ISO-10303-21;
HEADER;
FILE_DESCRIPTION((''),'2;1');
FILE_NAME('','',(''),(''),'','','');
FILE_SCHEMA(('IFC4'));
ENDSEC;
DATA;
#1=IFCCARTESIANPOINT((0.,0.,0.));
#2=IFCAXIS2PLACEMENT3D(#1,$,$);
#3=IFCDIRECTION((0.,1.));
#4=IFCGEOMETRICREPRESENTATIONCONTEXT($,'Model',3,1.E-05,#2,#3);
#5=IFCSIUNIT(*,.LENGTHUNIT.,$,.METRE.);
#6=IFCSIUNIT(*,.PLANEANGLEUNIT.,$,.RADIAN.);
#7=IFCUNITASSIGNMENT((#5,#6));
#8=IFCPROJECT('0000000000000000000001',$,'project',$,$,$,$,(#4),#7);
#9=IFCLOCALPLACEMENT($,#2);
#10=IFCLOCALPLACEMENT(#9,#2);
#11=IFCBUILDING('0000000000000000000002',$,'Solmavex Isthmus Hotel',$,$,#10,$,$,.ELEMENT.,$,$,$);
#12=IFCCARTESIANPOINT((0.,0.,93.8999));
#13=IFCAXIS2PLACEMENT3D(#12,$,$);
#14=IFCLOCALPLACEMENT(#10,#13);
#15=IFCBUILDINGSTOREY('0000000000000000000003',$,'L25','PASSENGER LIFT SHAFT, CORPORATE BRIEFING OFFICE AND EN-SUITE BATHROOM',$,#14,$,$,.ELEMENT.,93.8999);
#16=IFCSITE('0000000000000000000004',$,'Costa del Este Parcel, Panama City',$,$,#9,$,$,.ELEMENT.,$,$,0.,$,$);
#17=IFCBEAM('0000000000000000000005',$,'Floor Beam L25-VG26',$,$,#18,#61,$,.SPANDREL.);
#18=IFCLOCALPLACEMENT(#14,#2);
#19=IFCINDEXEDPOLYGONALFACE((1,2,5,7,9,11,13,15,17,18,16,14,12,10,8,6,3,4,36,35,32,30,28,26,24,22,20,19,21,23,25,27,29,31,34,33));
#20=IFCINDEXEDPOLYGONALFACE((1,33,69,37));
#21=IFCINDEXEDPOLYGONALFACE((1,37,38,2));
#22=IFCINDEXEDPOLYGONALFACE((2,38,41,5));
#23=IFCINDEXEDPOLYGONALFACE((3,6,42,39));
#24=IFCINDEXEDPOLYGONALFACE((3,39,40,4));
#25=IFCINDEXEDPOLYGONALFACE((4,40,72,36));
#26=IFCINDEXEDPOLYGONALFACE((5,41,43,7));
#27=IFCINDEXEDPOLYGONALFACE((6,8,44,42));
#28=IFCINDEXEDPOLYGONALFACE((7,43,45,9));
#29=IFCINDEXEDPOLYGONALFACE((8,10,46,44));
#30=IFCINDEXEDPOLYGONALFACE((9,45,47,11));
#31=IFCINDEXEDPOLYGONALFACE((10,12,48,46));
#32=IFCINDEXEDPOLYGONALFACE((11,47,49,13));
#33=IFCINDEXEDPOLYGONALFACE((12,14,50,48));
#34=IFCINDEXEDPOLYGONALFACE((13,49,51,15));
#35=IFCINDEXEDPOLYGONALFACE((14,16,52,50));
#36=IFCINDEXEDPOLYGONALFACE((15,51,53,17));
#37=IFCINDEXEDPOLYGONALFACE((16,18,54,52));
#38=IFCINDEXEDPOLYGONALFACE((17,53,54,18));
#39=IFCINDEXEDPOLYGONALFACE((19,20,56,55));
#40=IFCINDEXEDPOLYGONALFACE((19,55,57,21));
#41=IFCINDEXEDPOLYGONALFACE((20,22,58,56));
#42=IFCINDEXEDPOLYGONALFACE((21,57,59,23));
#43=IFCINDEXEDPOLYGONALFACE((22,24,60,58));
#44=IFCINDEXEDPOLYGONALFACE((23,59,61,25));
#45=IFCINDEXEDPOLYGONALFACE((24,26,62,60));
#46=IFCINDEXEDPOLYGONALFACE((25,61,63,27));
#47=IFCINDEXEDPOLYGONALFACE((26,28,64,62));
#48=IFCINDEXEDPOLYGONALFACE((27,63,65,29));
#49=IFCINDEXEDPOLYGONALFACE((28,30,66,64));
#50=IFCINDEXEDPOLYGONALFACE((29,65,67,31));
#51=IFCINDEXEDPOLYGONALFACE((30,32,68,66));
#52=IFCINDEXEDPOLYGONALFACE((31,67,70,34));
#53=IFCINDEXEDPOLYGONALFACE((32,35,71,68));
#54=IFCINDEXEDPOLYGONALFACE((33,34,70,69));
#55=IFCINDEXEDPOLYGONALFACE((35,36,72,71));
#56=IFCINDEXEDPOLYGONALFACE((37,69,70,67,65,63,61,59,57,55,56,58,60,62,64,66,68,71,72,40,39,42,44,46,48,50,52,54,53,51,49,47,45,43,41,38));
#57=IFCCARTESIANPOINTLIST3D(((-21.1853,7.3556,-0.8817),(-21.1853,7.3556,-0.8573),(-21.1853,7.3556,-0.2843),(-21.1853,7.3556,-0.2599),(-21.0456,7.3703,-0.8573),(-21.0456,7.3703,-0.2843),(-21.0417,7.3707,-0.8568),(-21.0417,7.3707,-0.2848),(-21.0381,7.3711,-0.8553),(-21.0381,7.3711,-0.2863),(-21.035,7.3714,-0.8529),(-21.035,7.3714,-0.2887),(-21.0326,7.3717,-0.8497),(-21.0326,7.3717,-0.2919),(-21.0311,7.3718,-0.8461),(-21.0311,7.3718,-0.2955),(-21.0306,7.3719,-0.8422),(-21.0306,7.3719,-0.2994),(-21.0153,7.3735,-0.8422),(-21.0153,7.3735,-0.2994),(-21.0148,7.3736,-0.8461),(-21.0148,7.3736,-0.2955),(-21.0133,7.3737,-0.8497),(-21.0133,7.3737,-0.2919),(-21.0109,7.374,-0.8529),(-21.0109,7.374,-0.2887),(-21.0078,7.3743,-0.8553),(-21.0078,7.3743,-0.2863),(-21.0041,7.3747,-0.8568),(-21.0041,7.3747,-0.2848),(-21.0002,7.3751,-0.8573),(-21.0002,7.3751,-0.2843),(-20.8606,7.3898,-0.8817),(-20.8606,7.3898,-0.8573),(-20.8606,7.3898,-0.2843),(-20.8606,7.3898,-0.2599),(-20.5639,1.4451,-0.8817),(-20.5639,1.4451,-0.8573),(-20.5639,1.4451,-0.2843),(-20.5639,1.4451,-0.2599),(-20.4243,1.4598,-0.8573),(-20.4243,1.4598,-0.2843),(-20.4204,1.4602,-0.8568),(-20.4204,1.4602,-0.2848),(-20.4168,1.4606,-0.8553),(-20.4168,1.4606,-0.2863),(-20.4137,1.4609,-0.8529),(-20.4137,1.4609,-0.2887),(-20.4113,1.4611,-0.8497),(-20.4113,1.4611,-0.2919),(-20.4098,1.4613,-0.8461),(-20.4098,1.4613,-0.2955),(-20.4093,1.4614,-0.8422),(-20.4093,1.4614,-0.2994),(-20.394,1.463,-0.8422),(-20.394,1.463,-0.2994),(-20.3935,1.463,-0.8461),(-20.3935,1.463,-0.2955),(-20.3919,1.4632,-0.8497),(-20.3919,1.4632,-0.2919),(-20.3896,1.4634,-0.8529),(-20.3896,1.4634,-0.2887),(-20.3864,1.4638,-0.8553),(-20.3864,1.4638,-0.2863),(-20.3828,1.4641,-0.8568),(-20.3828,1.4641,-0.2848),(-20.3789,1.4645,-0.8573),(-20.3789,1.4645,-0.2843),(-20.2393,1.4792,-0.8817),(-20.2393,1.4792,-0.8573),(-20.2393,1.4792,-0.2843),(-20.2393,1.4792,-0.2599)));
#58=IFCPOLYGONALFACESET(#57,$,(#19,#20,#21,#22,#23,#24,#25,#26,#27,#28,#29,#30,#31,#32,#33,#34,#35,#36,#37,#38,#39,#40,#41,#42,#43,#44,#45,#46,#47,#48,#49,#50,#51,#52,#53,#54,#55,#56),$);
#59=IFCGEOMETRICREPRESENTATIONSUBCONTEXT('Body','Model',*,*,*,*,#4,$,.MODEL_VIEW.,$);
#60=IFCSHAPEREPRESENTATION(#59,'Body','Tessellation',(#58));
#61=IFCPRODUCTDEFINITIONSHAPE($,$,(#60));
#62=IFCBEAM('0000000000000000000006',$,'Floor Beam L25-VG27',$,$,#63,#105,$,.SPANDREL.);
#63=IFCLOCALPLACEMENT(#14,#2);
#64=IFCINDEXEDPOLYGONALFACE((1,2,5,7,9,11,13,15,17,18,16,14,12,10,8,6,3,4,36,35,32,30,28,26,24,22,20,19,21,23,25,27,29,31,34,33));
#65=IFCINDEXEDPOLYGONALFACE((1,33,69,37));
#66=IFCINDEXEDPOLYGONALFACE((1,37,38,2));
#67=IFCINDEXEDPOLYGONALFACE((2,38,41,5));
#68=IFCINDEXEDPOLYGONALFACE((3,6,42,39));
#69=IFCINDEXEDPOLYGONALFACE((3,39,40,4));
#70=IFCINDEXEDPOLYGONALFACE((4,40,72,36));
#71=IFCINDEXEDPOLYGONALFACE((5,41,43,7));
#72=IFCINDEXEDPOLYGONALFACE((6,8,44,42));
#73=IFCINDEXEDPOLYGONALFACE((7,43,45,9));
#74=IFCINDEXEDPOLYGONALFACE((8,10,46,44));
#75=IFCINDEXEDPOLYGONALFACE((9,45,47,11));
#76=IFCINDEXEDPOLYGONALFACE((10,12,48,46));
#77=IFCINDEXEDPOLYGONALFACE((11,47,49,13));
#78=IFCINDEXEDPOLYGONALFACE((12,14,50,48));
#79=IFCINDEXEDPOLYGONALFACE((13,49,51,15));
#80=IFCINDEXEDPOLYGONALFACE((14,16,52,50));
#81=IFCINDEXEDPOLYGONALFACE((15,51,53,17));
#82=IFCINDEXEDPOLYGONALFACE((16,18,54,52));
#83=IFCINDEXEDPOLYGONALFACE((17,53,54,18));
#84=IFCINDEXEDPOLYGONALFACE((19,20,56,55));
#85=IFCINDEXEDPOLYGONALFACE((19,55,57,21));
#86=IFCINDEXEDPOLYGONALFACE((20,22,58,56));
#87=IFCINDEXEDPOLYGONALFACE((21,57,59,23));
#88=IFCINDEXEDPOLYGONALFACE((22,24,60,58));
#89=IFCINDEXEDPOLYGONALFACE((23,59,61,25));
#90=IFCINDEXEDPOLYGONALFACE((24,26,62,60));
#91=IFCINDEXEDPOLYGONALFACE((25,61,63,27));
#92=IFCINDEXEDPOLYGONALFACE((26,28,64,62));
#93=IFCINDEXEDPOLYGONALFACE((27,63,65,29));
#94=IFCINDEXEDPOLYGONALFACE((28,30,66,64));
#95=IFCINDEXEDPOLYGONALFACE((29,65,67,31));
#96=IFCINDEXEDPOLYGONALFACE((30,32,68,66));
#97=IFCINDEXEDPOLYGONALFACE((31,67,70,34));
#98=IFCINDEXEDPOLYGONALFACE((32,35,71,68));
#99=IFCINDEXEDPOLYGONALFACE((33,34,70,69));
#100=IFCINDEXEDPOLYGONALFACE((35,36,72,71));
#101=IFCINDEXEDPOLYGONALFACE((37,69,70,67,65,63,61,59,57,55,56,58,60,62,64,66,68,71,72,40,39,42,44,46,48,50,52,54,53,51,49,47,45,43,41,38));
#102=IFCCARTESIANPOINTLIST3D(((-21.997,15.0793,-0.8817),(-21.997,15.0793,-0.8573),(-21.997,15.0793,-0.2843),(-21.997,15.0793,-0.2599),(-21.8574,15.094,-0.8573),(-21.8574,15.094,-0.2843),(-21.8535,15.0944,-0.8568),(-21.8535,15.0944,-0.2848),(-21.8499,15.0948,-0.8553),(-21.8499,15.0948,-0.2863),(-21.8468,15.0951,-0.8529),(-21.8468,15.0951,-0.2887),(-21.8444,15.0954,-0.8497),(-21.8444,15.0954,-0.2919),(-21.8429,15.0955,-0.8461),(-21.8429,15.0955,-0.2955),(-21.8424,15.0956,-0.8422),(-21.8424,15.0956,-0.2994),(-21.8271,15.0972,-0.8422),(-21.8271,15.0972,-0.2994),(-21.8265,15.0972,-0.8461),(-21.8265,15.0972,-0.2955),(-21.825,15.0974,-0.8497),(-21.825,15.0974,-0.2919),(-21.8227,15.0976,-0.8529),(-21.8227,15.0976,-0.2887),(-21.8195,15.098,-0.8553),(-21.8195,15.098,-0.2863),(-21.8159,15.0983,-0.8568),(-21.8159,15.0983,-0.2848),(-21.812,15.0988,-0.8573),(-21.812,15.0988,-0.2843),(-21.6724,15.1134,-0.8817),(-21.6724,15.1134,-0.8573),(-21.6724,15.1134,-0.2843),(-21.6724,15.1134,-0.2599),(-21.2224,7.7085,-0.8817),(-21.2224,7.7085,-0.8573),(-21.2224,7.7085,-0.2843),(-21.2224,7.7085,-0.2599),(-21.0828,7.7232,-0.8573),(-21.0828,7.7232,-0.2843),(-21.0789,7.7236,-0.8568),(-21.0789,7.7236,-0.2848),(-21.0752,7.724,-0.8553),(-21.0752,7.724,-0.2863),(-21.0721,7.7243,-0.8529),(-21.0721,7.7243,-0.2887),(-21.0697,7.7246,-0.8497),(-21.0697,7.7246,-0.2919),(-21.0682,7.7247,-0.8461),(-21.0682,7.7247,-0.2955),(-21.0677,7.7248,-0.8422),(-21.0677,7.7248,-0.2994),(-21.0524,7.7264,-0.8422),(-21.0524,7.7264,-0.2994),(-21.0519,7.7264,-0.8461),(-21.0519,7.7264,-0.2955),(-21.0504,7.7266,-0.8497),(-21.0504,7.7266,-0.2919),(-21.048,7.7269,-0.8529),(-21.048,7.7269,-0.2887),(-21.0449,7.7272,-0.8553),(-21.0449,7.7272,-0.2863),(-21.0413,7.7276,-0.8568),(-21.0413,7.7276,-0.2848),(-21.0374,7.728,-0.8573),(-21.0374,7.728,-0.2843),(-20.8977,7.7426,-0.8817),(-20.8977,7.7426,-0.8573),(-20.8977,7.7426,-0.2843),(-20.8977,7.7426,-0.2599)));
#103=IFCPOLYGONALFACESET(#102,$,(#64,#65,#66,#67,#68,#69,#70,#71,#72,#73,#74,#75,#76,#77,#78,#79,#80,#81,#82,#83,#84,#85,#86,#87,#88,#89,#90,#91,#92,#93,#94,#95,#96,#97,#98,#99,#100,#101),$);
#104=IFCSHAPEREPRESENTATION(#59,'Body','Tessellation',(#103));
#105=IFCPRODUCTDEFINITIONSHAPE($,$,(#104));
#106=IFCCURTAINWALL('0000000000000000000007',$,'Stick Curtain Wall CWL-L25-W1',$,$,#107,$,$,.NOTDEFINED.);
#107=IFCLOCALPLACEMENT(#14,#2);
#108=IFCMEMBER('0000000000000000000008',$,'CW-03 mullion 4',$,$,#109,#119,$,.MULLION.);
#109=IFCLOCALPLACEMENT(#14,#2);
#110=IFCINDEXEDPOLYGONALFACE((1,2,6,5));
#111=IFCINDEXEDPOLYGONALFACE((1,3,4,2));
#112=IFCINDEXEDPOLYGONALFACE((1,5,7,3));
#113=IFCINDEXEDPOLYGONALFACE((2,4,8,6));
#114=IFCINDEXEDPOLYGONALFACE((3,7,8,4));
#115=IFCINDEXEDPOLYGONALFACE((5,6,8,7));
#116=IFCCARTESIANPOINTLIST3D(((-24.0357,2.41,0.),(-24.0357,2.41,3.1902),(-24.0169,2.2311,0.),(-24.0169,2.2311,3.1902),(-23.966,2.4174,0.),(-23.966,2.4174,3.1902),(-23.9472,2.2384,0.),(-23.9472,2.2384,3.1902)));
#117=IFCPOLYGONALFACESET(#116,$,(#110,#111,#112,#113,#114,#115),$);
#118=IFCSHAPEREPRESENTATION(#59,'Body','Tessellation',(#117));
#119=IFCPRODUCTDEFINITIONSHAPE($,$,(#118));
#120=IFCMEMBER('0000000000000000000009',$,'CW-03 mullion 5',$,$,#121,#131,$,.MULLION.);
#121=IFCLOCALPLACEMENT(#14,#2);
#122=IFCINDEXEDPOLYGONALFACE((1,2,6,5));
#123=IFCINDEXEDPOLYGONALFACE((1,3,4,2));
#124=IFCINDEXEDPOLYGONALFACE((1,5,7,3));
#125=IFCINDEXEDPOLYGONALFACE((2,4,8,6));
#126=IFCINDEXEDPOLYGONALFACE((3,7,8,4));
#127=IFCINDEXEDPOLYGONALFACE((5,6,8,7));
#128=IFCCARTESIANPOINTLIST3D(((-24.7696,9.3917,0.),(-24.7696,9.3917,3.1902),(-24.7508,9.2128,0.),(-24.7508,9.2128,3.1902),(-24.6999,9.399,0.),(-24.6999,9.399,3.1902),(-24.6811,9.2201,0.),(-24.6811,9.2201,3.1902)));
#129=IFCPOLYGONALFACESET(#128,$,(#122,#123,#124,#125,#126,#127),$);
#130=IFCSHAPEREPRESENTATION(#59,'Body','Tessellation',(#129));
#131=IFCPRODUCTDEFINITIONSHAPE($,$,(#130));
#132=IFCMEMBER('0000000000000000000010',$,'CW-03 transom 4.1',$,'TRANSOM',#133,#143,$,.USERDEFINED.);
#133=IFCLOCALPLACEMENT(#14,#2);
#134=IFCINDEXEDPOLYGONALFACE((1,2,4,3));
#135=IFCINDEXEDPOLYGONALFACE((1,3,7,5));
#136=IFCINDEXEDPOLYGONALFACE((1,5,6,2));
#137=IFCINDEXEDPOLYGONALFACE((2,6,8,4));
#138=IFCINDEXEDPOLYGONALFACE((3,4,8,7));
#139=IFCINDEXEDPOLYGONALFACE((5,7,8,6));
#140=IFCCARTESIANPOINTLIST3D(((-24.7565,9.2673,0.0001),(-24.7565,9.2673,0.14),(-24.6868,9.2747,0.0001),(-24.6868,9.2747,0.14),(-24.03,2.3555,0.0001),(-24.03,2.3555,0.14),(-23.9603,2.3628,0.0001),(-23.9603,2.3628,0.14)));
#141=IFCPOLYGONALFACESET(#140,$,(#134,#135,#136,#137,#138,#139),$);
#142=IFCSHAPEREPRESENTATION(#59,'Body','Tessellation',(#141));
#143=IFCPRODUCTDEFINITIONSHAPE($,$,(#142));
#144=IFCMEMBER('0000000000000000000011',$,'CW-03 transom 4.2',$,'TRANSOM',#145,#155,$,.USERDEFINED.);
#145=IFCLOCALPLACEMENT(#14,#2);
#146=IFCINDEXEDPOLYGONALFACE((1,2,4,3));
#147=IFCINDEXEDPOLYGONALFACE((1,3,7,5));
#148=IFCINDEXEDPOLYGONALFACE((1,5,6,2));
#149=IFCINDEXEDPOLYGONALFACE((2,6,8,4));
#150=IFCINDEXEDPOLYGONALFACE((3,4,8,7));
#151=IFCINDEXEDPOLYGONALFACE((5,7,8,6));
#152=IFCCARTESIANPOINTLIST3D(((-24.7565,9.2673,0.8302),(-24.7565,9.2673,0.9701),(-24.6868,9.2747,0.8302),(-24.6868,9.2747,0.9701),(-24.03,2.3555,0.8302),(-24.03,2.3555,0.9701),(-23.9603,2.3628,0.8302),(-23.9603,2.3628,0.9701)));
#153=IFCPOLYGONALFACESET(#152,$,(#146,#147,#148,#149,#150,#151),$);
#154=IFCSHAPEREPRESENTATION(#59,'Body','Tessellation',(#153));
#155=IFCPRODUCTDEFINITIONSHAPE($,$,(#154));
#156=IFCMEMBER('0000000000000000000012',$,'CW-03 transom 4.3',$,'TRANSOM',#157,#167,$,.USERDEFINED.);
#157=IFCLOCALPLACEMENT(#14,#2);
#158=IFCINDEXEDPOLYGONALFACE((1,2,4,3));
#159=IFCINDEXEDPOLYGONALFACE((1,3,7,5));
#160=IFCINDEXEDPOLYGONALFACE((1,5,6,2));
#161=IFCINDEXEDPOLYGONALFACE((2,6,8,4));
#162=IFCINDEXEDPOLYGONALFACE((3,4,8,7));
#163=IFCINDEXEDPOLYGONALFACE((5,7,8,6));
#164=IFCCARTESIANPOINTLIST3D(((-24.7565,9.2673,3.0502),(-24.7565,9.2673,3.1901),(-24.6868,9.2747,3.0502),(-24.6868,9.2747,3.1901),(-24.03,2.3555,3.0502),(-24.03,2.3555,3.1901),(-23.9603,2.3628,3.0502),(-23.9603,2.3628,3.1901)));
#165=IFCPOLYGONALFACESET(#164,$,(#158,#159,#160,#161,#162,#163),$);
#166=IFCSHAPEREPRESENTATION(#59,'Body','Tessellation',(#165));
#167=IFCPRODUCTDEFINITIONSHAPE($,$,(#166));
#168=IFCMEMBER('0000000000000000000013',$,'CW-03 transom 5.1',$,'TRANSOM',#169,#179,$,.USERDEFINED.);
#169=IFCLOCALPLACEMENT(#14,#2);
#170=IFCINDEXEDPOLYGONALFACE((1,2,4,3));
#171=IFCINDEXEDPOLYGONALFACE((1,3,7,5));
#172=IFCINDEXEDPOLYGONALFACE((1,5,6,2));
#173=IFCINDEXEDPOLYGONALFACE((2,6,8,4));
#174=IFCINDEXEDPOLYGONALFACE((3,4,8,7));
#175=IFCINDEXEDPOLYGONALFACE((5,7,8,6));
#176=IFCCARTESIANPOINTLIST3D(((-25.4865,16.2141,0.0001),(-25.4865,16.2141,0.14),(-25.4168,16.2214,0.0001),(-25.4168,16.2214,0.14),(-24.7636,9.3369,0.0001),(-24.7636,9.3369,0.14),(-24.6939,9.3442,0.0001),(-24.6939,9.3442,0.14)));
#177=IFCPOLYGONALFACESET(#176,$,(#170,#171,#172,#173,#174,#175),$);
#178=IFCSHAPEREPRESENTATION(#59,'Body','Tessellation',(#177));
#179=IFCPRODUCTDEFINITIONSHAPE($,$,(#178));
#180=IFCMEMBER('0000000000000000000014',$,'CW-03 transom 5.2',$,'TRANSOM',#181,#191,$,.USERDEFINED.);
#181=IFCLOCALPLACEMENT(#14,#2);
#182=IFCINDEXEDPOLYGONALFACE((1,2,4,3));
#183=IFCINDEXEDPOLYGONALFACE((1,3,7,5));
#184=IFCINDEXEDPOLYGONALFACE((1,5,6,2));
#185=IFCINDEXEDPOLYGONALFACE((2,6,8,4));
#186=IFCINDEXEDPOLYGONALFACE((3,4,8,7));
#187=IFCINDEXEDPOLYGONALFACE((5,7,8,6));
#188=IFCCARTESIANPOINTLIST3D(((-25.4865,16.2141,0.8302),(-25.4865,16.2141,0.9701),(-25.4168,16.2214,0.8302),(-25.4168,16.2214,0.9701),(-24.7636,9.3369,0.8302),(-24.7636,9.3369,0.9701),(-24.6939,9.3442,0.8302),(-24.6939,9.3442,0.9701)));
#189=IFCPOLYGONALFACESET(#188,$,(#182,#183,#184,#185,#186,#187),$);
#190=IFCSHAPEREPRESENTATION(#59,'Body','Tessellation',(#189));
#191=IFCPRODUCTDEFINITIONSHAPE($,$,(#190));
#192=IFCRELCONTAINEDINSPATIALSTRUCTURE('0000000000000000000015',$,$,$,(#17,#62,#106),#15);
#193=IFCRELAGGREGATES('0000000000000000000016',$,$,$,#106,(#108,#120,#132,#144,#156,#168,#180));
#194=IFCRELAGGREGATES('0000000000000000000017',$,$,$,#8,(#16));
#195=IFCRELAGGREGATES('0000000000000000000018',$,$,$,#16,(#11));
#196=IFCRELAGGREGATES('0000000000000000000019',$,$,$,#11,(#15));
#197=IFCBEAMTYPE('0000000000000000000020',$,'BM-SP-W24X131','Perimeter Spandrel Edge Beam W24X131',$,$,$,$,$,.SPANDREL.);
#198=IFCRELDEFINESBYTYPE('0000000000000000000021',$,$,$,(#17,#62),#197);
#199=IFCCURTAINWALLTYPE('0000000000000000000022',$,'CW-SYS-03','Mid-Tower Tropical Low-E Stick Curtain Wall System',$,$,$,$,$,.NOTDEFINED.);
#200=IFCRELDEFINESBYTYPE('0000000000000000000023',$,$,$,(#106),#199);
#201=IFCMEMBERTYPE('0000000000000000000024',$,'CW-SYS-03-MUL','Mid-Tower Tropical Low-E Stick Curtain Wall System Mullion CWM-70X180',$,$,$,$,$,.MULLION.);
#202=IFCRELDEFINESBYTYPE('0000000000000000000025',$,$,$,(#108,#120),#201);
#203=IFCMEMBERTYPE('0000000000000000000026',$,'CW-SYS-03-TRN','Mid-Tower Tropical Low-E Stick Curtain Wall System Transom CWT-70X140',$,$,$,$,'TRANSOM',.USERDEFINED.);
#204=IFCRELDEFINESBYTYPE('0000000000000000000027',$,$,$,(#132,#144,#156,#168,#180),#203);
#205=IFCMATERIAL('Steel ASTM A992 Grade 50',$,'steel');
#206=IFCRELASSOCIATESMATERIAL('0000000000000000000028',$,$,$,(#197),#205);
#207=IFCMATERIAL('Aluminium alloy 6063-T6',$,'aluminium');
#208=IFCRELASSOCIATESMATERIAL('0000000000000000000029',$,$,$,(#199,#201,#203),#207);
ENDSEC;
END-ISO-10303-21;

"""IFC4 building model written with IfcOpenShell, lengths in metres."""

from ifc_helpers import new_model, si_unit, direction, frame, origin, origin_2d, place, context, subcontext, project, spatial, rectangle, i_section, extrude, material, material_profile, profile_set, type_object, element, aggregate, save


model = new_model("IFC4")

# Units and contexts
model_context = context("Model", 3, precision=1e-05, world=origin(), true_north=direction((0.0, 1.0)))
body_context = subcontext(model_context, "Body", "Model", "MODEL_VIEW")
ifc_project = project(units=[si_unit("LENGTHUNIT", "METRE"), si_unit("PLANEANGLEUNIT", "RADIAN")], contexts=[model_context])

# Site, building, storey
site_placement = place(None, origin())
site = spatial("IfcSite", under=ifc_project, at=site_placement, Name="Costa del Este Parcel, Panama City", CompositionType="ELEMENT", RefElevation=0.0)
building_placement = place(site_placement, origin())
building = spatial("IfcBuilding", under=site, at=building_placement, Name="Solmavex Isthmus Hotel", CompositionType="ELEMENT")
storey_placement = place(building_placement, frame((0.0, 0.0, 93.8999)))
storey = spatial("IfcBuildingStorey", under=building, at=storey_placement, Name="L25", Description="PASSENGER LIFT SHAFT, CORPORATE BRIEFING OFFICE AND EN-SUITE BATHROOM", CompositionType="ELEMENT", Elevation=93.8999)

# Beams
ifc_material_1 = material(Name="Steel ASTM A992 Grade 50", Category="steel")
ifc_material_profile_1 = material_profile(ifc_material_1, i_section(OverallWidth=0.3264, OverallDepth=0.6218, WebThickness=0.0154, FlangeThickness=0.0244, FilletRadius=0.0151, at=origin_2d()), Name="W24X131")
ifc_profile_set_1 = profile_set([ifc_material_profile_1], Name="Steel ASTM A992 Grade 50")
beam_type_1 = type_object("IfcBeamType", Name="BM-SP-W24X131", Description="Perimeter Spandrel Edge Beam W24X131", PredefinedType="SPANDREL", material=ifc_profile_set_1)
beam_1_placement = place(storey_placement, frame((-20.4016, 1.4622, -0.5708), z_axis=(-0.104546, 0.99452, 0.0), x_axis=(-0.99452, -0.104546, 0.0)))
element("IfcBeam", 1, at=beam_1_placement, inside=storey, type_object=beam_type_1, Name="Floor Beam L25-VG26", PredefinedType="SPANDREL", context=body_context, shape_type="SweptSolid", body=[
    extrude(i_section(OverallWidth=0.3264, OverallDepth=0.6218, WebThickness=0.0154, FlangeThickness=0.0244, FilletRadius=0.0151, at=origin_2d()), origin(), (0.0, 0.0, 1.0), 5.9431),
])
beam_2_placement = place(storey_placement, frame((-21.0601, 7.7256, -0.5708), z_axis=(-0.104522, 0.994523, 0.0), x_axis=(-0.994523, -0.104522, 0.0)))
element("IfcBeam", 2, at=beam_2_placement, inside=storey, type_object=beam_type_1, Name="Floor Beam L25-VG27", PredefinedType="SPANDREL", context=body_context, shape_type="SweptSolid", body=[
    extrude(i_section(OverallWidth=0.3264, OverallDepth=0.6218, WebThickness=0.0154, FlangeThickness=0.0244, FilletRadius=0.0151, at=origin_2d()), origin(), (0.0, 0.0, 1.0), 7.4114),
])

# Curtain wall, members
ifc_material_2 = material(Name="Aluminium alloy 6063-T6", Category="aluminium")
curtain_wall_type = type_object("IfcCurtainWallType", Name="CW-SYS-03", Description="Mid-Tower Tropical Low-E Stick Curtain Wall System", PredefinedType="NOTDEFINED", material=ifc_material_2)
curtain_wall_placement = place(storey_placement, origin())
curtain_wall = element("IfcCurtainWall", 3, at=curtain_wall_placement, inside=storey, type_object=curtain_wall_type, Name="Stick Curtain Wall CWL-L25-W1", PredefinedType="NOTDEFINED")
ifc_material_profile_2 = material_profile(ifc_material_2, rectangle(XDim=0.0701, YDim=0.1799, at=origin_2d()), Name="CWM-70X180")
ifc_profile_set_2 = profile_set([ifc_material_profile_2], Name="Aluminium alloy 6063-T6")
member_type_1 = type_object("IfcMemberType", Name="CW-SYS-03-MUL", Description="Mid-Tower Tropical Low-E Stick Curtain Wall System Mullion CWM-70X180", PredefinedType="MULLION", material=ifc_profile_set_2)
member_1_placement = place(storey_placement, frame((-23.9915, 2.3242, 0.0), z_axis=(0.0, 0.0, 1.0), x_axis=(-0.994522, -0.104528, 0.0)))
member_1 = element("IfcMember", 4, at=member_1_placement, type_object=member_type_1, Name="CW-03 mullion 4", PredefinedType="MULLION", context=body_context, shape_type="SweptSolid", body=[
    extrude(rectangle(XDim=0.0701, YDim=0.1799, at=origin_2d()), origin(), (0.0, 0.0, 1.0), 3.1902),
])
member_2_placement = place(storey_placement, frame((-24.7253, 9.3059, 0.0), z_axis=(0.0, 0.0, 1.0), x_axis=(-0.994522, -0.104528, 0.0)))
member_2 = element("IfcMember", 5, at=member_2_placement, type_object=member_type_1, Name="CW-03 mullion 5", PredefinedType="MULLION", context=body_context, shape_type="SweptSolid", body=[
    extrude(rectangle(XDim=0.0701, YDim=0.1799, at=origin_2d()), origin(), (0.0, 0.0, 1.0), 3.1902),
])
ifc_material_profile_3 = material_profile(ifc_material_2, rectangle(XDim=0.0701, YDim=0.1399, at=origin_2d()), Name="CWT-70X140")
ifc_profile_set_3 = profile_set([ifc_material_profile_3], Name="Aluminium alloy 6063-T6")
member_type_2 = type_object("IfcMemberType", Name="CW-SYS-03-TRN", Description="Mid-Tower Tropical Low-E Stick Curtain Wall System Transom CWT-70X140", ElementType="TRANSOM", PredefinedType="USERDEFINED", material=ifc_profile_set_3)
member_3_placement = place(storey_placement, frame((-23.9951, 2.3591, 0.0701), z_axis=(-0.104542, 0.99452, 0.0), x_axis=(-0.99452, -0.104542, 0.0)))
member_3 = element("IfcMember", 6, at=member_3_placement, type_object=member_type_2, Name="CW-03 transom 4.1", ObjectType="TRANSOM", PredefinedType="USERDEFINED", context=body_context, shape_type="SweptSolid", body=[
    extrude(rectangle(XDim=0.0701, YDim=0.1399, at=origin_2d()), origin(), (0.0, 0.0, 1.0), 6.95),
])
member_4_placement = place(storey_placement, frame((-23.9951, 2.3591, 0.9001), z_axis=(-0.104542, 0.99452, 0.0), x_axis=(-0.99452, -0.104542, 0.0)))
member_4 = element("IfcMember", 7, at=member_4_placement, type_object=member_type_2, Name="CW-03 transom 4.2", ObjectType="TRANSOM", PredefinedType="USERDEFINED", context=body_context, shape_type="SweptSolid", body=[
    extrude(rectangle(XDim=0.0701, YDim=0.1399, at=origin_2d()), origin(), (0.0, 0.0, 1.0), 6.95),
])
member_5_placement = place(storey_placement, frame((-23.9951, 2.3591, 3.1201), z_axis=(-0.104542, 0.99452, 0.0), x_axis=(-0.99452, -0.104542, 0.0)))
member_5 = element("IfcMember", 8, at=member_5_placement, type_object=member_type_2, Name="CW-03 transom 4.3", ObjectType="TRANSOM", PredefinedType="USERDEFINED", context=body_context, shape_type="SweptSolid", body=[
    extrude(rectangle(XDim=0.0701, YDim=0.1399, at=origin_2d()), origin(), (0.0, 0.0, 1.0), 6.95),
])
member_6_placement = place(storey_placement, frame((-24.7288, 9.3406, 0.0701), z_axis=(-0.10454, 0.994521, 0.0), x_axis=(-0.994521, -0.10454, 0.0)))
member_6 = element("IfcMember", 9, at=member_6_placement, type_object=member_type_2, Name="CW-03 transom 5.1", ObjectType="TRANSOM", PredefinedType="USERDEFINED", context=body_context, shape_type="SweptSolid", body=[
    extrude(rectangle(XDim=0.0701, YDim=0.1399, at=origin_2d()), origin(), (0.0, 0.0, 1.0), 6.915),
])
member_7_placement = place(storey_placement, frame((-24.7288, 9.3406, 0.9001), z_axis=(-0.10454, 0.994521, 0.0), x_axis=(-0.994521, -0.10454, 0.0)))
member_7 = element("IfcMember", 10, at=member_7_placement, type_object=member_type_2, Name="CW-03 transom 5.2", ObjectType="TRANSOM", PredefinedType="USERDEFINED", context=body_context, shape_type="SweptSolid", body=[
    extrude(rectangle(XDim=0.0701, YDim=0.1399, at=origin_2d()), origin(), (0.0, 0.0, 1.0), 6.915),
])
aggregate(curtain_wall, [member_1, member_2, member_3, member_4, member_5, member_6, member_7])

save(model, "model.ifc")
